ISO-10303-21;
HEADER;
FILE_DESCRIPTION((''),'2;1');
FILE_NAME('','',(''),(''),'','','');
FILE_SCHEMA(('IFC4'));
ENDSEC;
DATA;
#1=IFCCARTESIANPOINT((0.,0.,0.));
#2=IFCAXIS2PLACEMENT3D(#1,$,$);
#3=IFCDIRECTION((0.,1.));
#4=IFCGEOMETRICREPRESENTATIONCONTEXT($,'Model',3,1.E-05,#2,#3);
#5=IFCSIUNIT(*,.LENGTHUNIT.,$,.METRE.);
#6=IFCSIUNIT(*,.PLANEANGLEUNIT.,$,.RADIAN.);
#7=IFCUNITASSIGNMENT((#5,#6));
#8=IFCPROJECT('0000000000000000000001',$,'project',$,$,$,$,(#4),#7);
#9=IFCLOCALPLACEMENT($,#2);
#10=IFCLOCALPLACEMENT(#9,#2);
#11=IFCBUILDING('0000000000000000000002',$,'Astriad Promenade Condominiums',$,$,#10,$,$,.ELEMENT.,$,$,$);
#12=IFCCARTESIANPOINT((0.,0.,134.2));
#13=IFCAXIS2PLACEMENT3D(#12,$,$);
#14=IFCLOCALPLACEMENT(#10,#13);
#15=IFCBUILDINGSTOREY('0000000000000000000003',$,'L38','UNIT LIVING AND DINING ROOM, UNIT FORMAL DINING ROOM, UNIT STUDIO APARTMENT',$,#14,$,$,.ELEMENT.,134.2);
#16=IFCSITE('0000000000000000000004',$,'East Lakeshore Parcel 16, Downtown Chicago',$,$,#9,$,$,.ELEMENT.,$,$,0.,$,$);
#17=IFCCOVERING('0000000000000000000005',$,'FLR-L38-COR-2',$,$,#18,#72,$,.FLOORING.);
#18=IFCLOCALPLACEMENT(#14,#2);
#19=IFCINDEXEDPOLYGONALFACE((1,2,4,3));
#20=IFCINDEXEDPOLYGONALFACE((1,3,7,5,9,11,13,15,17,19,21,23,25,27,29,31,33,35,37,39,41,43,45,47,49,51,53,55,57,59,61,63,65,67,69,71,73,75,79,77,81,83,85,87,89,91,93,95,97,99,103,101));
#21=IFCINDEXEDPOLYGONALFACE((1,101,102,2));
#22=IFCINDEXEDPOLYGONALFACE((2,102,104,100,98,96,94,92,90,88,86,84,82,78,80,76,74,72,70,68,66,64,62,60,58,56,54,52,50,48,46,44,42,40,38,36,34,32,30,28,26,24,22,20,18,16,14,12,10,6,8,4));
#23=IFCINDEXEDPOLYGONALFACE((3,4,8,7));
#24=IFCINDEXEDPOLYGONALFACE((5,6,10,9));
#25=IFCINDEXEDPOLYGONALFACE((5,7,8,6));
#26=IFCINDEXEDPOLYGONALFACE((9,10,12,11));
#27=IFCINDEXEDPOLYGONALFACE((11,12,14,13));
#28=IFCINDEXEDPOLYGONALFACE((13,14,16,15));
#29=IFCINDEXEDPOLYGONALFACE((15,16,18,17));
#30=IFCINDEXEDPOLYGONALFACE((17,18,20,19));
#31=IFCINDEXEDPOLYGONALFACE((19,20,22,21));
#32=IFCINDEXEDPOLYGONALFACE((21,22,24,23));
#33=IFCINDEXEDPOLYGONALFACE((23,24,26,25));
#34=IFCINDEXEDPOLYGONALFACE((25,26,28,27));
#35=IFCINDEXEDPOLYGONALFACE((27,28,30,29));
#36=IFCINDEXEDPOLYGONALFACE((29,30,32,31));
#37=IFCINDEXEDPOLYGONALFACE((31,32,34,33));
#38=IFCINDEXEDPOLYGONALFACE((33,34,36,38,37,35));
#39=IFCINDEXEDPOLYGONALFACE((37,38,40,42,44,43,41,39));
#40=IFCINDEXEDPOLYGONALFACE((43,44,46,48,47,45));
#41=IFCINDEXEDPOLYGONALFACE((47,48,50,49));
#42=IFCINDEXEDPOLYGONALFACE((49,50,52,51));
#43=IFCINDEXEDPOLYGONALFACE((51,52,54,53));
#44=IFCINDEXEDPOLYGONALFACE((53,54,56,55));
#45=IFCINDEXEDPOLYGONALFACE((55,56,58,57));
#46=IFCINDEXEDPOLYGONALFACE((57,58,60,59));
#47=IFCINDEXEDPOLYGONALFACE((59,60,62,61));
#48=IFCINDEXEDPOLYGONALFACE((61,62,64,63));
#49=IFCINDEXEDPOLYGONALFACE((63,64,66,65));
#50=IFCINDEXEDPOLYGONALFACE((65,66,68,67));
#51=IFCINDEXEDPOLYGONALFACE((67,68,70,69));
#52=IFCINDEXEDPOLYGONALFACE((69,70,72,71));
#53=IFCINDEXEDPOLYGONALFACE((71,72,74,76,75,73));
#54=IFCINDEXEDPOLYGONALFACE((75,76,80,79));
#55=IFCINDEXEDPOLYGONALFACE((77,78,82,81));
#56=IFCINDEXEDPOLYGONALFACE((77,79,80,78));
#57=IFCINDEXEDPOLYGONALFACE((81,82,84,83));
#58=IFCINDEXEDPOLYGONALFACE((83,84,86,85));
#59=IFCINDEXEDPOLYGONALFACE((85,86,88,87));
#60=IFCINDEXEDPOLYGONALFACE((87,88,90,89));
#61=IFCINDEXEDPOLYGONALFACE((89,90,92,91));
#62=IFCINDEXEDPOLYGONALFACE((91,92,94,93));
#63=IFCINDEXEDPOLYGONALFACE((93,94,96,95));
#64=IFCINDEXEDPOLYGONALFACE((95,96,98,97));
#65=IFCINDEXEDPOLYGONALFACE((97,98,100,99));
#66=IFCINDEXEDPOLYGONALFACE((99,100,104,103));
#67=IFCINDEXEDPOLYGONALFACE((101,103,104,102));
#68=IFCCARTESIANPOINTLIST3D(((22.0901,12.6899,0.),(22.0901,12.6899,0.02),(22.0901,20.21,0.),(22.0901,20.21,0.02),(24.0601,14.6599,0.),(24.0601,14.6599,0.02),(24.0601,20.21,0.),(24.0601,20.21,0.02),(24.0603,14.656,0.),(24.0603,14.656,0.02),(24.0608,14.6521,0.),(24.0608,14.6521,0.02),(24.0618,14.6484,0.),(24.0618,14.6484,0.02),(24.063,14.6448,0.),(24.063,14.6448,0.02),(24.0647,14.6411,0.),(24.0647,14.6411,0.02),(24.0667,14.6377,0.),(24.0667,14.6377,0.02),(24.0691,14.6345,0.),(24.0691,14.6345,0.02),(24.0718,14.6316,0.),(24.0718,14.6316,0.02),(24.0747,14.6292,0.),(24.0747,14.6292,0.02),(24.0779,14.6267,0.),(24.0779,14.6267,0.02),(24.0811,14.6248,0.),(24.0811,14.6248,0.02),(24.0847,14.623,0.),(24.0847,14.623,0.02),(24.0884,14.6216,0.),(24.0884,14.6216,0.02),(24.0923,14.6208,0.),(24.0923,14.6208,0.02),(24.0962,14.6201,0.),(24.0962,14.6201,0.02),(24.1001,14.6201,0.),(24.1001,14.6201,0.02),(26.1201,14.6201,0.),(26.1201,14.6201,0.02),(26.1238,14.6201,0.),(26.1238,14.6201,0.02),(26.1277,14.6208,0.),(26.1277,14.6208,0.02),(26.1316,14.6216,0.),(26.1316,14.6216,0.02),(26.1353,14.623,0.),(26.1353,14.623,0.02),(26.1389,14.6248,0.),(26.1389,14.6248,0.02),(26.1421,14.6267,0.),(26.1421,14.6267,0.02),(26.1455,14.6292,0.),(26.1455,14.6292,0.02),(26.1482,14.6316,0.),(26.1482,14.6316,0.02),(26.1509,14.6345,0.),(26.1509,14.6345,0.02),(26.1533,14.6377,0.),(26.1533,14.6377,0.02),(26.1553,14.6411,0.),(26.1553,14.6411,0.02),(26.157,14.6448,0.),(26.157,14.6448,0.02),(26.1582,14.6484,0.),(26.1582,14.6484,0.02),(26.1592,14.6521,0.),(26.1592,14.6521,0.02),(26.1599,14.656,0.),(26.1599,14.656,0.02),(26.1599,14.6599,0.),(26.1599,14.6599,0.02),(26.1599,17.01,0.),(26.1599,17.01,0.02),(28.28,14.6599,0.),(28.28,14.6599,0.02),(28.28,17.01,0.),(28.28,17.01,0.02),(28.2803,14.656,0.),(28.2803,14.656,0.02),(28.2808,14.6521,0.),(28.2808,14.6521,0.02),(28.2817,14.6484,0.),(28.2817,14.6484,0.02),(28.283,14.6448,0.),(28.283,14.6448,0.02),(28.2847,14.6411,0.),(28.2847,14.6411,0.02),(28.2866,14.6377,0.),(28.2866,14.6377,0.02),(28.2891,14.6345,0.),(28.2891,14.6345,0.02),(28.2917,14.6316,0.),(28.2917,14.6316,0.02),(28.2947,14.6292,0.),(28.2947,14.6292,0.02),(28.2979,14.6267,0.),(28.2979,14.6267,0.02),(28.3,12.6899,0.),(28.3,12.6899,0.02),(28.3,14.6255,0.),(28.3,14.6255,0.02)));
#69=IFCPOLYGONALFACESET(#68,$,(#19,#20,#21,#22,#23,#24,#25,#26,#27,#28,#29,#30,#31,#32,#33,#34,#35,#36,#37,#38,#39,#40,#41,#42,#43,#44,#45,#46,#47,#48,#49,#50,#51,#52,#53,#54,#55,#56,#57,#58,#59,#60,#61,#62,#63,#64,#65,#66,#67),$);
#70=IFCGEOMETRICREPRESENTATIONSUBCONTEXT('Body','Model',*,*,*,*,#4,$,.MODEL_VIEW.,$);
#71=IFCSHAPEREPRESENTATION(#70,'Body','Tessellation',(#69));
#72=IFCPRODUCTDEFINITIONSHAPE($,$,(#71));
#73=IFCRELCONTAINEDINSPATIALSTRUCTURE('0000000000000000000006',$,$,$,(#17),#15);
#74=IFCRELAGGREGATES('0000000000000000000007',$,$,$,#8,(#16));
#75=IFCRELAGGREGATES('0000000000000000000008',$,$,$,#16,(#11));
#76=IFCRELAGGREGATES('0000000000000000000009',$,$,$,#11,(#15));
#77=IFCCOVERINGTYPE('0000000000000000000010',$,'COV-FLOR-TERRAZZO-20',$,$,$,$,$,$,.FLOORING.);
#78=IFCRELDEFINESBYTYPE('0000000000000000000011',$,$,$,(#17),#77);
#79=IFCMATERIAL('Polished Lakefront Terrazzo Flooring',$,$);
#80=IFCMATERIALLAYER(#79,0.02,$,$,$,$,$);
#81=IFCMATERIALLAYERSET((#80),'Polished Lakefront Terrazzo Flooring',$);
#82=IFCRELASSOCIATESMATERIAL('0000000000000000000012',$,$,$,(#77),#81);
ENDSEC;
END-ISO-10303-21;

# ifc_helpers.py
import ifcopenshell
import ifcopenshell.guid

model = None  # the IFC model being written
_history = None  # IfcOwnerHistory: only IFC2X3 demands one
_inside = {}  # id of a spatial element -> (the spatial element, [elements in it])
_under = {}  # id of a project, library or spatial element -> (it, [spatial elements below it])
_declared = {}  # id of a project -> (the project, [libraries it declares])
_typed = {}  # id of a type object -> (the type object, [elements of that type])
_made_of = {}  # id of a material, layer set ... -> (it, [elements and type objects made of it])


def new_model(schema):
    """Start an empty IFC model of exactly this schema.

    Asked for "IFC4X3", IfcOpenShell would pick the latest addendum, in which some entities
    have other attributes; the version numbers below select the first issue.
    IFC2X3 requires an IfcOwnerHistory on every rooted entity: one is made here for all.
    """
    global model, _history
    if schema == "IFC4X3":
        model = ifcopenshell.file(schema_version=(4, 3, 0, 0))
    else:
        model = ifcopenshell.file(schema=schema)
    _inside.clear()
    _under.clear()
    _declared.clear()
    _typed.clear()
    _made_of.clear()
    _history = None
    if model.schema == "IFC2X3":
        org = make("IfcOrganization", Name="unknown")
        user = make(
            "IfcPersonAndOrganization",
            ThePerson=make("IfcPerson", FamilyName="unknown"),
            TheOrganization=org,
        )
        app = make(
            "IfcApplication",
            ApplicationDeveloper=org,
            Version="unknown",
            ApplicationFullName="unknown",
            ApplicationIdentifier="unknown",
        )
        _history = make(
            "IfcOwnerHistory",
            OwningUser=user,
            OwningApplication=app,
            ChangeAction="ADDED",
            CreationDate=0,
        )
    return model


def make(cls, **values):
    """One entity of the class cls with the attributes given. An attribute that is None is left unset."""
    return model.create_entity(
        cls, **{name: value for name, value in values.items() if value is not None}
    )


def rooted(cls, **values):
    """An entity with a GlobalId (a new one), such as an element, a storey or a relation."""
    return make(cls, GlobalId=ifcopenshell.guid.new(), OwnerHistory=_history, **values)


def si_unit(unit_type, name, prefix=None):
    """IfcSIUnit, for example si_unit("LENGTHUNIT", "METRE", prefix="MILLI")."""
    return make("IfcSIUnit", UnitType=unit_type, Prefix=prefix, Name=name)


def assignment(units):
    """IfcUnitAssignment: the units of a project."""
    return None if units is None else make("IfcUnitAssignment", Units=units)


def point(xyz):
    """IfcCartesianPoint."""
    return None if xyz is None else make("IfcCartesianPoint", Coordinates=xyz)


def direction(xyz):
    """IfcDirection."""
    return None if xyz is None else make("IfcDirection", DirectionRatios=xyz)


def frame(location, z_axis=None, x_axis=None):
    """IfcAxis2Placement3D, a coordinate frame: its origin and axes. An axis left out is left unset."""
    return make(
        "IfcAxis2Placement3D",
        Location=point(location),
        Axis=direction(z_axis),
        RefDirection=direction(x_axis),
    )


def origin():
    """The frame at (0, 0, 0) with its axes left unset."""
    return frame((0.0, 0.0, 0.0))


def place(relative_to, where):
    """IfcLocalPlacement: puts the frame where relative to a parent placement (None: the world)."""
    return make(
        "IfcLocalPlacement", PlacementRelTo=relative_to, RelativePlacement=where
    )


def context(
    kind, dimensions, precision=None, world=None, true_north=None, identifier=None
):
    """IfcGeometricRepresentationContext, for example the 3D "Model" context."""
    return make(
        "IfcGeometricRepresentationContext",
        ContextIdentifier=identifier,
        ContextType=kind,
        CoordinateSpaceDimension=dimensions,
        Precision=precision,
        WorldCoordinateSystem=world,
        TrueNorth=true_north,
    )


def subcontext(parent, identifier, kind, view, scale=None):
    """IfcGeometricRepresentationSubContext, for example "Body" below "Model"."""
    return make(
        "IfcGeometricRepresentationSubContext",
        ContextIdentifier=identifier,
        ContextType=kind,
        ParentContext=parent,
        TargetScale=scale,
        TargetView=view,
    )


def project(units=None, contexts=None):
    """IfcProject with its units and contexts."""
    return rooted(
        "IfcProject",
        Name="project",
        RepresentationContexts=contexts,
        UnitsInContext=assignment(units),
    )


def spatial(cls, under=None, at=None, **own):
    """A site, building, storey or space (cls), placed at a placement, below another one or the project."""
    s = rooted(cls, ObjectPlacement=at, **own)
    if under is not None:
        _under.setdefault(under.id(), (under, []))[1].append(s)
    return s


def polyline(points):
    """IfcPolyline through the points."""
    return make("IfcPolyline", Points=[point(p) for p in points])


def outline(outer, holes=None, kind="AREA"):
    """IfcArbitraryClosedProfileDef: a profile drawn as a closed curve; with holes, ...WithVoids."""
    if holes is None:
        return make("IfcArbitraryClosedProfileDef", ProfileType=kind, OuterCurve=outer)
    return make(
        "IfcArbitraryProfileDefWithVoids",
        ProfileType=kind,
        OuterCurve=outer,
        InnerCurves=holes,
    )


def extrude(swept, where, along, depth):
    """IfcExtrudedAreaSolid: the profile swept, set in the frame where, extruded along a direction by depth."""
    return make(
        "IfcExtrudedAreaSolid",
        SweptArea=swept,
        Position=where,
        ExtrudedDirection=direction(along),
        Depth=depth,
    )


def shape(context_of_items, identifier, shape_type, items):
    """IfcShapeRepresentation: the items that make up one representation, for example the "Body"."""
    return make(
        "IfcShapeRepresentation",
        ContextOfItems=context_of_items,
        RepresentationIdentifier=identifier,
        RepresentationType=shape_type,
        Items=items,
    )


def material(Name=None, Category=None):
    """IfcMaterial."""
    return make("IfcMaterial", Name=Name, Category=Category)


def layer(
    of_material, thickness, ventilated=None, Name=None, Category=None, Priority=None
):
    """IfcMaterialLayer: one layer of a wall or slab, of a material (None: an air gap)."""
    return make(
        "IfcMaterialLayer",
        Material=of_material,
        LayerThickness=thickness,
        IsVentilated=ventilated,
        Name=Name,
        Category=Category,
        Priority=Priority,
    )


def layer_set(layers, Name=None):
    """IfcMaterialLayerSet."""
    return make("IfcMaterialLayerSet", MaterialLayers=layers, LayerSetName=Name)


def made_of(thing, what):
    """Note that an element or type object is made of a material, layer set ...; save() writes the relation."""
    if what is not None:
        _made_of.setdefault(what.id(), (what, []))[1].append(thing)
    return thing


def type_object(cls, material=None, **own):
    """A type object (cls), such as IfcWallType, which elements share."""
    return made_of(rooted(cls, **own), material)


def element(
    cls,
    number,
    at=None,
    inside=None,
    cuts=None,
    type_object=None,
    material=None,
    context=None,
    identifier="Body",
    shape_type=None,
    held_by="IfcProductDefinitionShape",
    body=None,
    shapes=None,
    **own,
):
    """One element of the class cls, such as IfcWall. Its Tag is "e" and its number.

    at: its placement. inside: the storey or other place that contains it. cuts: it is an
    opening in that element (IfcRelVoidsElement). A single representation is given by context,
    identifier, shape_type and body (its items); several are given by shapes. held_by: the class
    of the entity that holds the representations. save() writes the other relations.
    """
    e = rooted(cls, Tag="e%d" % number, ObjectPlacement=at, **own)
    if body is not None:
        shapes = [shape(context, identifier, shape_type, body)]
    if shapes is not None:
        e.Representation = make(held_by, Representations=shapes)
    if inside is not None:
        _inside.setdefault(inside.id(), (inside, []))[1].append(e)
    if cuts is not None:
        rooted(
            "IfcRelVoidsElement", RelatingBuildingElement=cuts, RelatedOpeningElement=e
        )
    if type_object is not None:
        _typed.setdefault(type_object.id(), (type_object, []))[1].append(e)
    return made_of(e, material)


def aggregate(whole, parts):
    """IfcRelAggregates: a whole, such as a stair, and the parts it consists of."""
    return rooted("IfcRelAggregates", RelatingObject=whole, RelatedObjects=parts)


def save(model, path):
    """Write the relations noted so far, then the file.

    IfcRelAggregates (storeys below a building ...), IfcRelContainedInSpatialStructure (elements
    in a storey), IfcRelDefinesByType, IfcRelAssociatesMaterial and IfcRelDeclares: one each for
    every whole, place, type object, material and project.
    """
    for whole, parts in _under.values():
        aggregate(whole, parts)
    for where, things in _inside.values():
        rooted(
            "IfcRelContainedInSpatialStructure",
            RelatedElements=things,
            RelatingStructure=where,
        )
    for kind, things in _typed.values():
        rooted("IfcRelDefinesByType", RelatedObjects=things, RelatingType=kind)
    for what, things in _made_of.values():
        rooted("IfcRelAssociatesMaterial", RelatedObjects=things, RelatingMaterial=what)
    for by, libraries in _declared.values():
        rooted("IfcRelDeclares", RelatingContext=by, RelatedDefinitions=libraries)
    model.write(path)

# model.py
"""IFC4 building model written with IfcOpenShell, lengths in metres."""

from ifc_helpers import new_model, si_unit, direction, frame, origin, place, context, subcontext, project, spatial, polyline, outline, extrude, material, layer, layer_set, type_object, element, save


model = new_model("IFC4")

# Units and contexts
model_context = context("Model", 3, precision=1e-05, world=origin(), true_north=direction((0.0, 1.0)))
body_context = subcontext(model_context, "Body", "Model", "MODEL_VIEW")
ifc_project = project(units=[si_unit("LENGTHUNIT", "METRE"), si_unit("PLANEANGLEUNIT", "RADIAN")], contexts=[model_context])

# Site, building, storey
site_placement = place(None, origin())
site = spatial("IfcSite", under=ifc_project, at=site_placement, Name="East Lakeshore Parcel 16, Downtown Chicago", CompositionType="ELEMENT", RefElevation=0.0)
building_placement = place(site_placement, origin())
building = spatial("IfcBuilding", under=site, at=building_placement, Name="Astriad Promenade Condominiums", CompositionType="ELEMENT")
storey_placement = place(building_placement, frame((0.0, 0.0, 134.2)))
storey = spatial("IfcBuildingStorey", under=building, at=storey_placement, Name="L38", Description="UNIT LIVING AND DINING ROOM, UNIT FORMAL DINING ROOM, UNIT STUDIO APARTMENT", CompositionType="ELEMENT", Elevation=134.2)

# Covering
ifc_material_1 = material(Name="Polished Lakefront Terrazzo Flooring")
ifc_layer_1 = layer(ifc_material_1, 0.02)
ifc_layer_set_1 = layer_set([ifc_layer_1], Name="Polished Lakefront Terrazzo Flooring")
covering_type = type_object("IfcCoveringType", Name="COV-FLOR-TERRAZZO-20", PredefinedType="FLOORING", material=ifc_layer_set_1)
covering_1_placement = place(storey_placement, origin())
element("IfcCovering", 1, at=covering_1_placement, inside=storey, type_object=covering_type, Name="FLR-L38-COR-2", PredefinedType="FLOORING", context=body_context, shape_type="SweptSolid", body=[
    extrude(outline(polyline([(28.3, 12.6899), (22.0901, 12.6899), (22.0901, 20.21), (24.0601, 20.21), (24.0601, 14.6599), (24.0603, 14.656), (24.0608, 14.6521), (24.0618, 14.6484), (24.063, 14.6448), (24.0647, 14.6411), (24.0667, 14.6377), (24.0691, 14.6345), (24.0718, 14.6316), (24.0747, 14.6292), (24.0779, 14.6267), (24.0811, 14.6248), (24.0847, 14.623), (24.0884, 14.6216), (24.0923, 14.6208), (24.0962, 14.6201), (24.1001, 14.6201), (26.1201, 14.6201), (26.1238, 14.6201), (26.1277, 14.6208), (26.1316, 14.6216), (26.1353, 14.623), (26.1389, 14.6248), (26.1421, 14.6267), (26.1455, 14.6292), (26.1482, 14.6316), (26.1509, 14.6345), (26.1533, 14.6377), (26.1553, 14.6411), (26.157, 14.6448), (26.1582, 14.6484), (26.1592, 14.6521), (26.1599, 14.656), (26.1599, 14.6599), (26.1599, 17.01), (28.28, 17.01), (28.28, 14.6599), (28.2803, 14.656), (28.2808, 14.6521), (28.2817, 14.6484), (28.283, 14.6448), (28.2847, 14.6411), (28.2866, 14.6377), (28.2891, 14.6345), (28.2917, 14.6316), (28.2947, 14.6292), (28.2979, 14.6267), (28.3, 14.6255), (28.3, 12.6899)])), origin(), (0.0, 0.0, 1.0), 0.02),
])

save(model, "model.ifc")
